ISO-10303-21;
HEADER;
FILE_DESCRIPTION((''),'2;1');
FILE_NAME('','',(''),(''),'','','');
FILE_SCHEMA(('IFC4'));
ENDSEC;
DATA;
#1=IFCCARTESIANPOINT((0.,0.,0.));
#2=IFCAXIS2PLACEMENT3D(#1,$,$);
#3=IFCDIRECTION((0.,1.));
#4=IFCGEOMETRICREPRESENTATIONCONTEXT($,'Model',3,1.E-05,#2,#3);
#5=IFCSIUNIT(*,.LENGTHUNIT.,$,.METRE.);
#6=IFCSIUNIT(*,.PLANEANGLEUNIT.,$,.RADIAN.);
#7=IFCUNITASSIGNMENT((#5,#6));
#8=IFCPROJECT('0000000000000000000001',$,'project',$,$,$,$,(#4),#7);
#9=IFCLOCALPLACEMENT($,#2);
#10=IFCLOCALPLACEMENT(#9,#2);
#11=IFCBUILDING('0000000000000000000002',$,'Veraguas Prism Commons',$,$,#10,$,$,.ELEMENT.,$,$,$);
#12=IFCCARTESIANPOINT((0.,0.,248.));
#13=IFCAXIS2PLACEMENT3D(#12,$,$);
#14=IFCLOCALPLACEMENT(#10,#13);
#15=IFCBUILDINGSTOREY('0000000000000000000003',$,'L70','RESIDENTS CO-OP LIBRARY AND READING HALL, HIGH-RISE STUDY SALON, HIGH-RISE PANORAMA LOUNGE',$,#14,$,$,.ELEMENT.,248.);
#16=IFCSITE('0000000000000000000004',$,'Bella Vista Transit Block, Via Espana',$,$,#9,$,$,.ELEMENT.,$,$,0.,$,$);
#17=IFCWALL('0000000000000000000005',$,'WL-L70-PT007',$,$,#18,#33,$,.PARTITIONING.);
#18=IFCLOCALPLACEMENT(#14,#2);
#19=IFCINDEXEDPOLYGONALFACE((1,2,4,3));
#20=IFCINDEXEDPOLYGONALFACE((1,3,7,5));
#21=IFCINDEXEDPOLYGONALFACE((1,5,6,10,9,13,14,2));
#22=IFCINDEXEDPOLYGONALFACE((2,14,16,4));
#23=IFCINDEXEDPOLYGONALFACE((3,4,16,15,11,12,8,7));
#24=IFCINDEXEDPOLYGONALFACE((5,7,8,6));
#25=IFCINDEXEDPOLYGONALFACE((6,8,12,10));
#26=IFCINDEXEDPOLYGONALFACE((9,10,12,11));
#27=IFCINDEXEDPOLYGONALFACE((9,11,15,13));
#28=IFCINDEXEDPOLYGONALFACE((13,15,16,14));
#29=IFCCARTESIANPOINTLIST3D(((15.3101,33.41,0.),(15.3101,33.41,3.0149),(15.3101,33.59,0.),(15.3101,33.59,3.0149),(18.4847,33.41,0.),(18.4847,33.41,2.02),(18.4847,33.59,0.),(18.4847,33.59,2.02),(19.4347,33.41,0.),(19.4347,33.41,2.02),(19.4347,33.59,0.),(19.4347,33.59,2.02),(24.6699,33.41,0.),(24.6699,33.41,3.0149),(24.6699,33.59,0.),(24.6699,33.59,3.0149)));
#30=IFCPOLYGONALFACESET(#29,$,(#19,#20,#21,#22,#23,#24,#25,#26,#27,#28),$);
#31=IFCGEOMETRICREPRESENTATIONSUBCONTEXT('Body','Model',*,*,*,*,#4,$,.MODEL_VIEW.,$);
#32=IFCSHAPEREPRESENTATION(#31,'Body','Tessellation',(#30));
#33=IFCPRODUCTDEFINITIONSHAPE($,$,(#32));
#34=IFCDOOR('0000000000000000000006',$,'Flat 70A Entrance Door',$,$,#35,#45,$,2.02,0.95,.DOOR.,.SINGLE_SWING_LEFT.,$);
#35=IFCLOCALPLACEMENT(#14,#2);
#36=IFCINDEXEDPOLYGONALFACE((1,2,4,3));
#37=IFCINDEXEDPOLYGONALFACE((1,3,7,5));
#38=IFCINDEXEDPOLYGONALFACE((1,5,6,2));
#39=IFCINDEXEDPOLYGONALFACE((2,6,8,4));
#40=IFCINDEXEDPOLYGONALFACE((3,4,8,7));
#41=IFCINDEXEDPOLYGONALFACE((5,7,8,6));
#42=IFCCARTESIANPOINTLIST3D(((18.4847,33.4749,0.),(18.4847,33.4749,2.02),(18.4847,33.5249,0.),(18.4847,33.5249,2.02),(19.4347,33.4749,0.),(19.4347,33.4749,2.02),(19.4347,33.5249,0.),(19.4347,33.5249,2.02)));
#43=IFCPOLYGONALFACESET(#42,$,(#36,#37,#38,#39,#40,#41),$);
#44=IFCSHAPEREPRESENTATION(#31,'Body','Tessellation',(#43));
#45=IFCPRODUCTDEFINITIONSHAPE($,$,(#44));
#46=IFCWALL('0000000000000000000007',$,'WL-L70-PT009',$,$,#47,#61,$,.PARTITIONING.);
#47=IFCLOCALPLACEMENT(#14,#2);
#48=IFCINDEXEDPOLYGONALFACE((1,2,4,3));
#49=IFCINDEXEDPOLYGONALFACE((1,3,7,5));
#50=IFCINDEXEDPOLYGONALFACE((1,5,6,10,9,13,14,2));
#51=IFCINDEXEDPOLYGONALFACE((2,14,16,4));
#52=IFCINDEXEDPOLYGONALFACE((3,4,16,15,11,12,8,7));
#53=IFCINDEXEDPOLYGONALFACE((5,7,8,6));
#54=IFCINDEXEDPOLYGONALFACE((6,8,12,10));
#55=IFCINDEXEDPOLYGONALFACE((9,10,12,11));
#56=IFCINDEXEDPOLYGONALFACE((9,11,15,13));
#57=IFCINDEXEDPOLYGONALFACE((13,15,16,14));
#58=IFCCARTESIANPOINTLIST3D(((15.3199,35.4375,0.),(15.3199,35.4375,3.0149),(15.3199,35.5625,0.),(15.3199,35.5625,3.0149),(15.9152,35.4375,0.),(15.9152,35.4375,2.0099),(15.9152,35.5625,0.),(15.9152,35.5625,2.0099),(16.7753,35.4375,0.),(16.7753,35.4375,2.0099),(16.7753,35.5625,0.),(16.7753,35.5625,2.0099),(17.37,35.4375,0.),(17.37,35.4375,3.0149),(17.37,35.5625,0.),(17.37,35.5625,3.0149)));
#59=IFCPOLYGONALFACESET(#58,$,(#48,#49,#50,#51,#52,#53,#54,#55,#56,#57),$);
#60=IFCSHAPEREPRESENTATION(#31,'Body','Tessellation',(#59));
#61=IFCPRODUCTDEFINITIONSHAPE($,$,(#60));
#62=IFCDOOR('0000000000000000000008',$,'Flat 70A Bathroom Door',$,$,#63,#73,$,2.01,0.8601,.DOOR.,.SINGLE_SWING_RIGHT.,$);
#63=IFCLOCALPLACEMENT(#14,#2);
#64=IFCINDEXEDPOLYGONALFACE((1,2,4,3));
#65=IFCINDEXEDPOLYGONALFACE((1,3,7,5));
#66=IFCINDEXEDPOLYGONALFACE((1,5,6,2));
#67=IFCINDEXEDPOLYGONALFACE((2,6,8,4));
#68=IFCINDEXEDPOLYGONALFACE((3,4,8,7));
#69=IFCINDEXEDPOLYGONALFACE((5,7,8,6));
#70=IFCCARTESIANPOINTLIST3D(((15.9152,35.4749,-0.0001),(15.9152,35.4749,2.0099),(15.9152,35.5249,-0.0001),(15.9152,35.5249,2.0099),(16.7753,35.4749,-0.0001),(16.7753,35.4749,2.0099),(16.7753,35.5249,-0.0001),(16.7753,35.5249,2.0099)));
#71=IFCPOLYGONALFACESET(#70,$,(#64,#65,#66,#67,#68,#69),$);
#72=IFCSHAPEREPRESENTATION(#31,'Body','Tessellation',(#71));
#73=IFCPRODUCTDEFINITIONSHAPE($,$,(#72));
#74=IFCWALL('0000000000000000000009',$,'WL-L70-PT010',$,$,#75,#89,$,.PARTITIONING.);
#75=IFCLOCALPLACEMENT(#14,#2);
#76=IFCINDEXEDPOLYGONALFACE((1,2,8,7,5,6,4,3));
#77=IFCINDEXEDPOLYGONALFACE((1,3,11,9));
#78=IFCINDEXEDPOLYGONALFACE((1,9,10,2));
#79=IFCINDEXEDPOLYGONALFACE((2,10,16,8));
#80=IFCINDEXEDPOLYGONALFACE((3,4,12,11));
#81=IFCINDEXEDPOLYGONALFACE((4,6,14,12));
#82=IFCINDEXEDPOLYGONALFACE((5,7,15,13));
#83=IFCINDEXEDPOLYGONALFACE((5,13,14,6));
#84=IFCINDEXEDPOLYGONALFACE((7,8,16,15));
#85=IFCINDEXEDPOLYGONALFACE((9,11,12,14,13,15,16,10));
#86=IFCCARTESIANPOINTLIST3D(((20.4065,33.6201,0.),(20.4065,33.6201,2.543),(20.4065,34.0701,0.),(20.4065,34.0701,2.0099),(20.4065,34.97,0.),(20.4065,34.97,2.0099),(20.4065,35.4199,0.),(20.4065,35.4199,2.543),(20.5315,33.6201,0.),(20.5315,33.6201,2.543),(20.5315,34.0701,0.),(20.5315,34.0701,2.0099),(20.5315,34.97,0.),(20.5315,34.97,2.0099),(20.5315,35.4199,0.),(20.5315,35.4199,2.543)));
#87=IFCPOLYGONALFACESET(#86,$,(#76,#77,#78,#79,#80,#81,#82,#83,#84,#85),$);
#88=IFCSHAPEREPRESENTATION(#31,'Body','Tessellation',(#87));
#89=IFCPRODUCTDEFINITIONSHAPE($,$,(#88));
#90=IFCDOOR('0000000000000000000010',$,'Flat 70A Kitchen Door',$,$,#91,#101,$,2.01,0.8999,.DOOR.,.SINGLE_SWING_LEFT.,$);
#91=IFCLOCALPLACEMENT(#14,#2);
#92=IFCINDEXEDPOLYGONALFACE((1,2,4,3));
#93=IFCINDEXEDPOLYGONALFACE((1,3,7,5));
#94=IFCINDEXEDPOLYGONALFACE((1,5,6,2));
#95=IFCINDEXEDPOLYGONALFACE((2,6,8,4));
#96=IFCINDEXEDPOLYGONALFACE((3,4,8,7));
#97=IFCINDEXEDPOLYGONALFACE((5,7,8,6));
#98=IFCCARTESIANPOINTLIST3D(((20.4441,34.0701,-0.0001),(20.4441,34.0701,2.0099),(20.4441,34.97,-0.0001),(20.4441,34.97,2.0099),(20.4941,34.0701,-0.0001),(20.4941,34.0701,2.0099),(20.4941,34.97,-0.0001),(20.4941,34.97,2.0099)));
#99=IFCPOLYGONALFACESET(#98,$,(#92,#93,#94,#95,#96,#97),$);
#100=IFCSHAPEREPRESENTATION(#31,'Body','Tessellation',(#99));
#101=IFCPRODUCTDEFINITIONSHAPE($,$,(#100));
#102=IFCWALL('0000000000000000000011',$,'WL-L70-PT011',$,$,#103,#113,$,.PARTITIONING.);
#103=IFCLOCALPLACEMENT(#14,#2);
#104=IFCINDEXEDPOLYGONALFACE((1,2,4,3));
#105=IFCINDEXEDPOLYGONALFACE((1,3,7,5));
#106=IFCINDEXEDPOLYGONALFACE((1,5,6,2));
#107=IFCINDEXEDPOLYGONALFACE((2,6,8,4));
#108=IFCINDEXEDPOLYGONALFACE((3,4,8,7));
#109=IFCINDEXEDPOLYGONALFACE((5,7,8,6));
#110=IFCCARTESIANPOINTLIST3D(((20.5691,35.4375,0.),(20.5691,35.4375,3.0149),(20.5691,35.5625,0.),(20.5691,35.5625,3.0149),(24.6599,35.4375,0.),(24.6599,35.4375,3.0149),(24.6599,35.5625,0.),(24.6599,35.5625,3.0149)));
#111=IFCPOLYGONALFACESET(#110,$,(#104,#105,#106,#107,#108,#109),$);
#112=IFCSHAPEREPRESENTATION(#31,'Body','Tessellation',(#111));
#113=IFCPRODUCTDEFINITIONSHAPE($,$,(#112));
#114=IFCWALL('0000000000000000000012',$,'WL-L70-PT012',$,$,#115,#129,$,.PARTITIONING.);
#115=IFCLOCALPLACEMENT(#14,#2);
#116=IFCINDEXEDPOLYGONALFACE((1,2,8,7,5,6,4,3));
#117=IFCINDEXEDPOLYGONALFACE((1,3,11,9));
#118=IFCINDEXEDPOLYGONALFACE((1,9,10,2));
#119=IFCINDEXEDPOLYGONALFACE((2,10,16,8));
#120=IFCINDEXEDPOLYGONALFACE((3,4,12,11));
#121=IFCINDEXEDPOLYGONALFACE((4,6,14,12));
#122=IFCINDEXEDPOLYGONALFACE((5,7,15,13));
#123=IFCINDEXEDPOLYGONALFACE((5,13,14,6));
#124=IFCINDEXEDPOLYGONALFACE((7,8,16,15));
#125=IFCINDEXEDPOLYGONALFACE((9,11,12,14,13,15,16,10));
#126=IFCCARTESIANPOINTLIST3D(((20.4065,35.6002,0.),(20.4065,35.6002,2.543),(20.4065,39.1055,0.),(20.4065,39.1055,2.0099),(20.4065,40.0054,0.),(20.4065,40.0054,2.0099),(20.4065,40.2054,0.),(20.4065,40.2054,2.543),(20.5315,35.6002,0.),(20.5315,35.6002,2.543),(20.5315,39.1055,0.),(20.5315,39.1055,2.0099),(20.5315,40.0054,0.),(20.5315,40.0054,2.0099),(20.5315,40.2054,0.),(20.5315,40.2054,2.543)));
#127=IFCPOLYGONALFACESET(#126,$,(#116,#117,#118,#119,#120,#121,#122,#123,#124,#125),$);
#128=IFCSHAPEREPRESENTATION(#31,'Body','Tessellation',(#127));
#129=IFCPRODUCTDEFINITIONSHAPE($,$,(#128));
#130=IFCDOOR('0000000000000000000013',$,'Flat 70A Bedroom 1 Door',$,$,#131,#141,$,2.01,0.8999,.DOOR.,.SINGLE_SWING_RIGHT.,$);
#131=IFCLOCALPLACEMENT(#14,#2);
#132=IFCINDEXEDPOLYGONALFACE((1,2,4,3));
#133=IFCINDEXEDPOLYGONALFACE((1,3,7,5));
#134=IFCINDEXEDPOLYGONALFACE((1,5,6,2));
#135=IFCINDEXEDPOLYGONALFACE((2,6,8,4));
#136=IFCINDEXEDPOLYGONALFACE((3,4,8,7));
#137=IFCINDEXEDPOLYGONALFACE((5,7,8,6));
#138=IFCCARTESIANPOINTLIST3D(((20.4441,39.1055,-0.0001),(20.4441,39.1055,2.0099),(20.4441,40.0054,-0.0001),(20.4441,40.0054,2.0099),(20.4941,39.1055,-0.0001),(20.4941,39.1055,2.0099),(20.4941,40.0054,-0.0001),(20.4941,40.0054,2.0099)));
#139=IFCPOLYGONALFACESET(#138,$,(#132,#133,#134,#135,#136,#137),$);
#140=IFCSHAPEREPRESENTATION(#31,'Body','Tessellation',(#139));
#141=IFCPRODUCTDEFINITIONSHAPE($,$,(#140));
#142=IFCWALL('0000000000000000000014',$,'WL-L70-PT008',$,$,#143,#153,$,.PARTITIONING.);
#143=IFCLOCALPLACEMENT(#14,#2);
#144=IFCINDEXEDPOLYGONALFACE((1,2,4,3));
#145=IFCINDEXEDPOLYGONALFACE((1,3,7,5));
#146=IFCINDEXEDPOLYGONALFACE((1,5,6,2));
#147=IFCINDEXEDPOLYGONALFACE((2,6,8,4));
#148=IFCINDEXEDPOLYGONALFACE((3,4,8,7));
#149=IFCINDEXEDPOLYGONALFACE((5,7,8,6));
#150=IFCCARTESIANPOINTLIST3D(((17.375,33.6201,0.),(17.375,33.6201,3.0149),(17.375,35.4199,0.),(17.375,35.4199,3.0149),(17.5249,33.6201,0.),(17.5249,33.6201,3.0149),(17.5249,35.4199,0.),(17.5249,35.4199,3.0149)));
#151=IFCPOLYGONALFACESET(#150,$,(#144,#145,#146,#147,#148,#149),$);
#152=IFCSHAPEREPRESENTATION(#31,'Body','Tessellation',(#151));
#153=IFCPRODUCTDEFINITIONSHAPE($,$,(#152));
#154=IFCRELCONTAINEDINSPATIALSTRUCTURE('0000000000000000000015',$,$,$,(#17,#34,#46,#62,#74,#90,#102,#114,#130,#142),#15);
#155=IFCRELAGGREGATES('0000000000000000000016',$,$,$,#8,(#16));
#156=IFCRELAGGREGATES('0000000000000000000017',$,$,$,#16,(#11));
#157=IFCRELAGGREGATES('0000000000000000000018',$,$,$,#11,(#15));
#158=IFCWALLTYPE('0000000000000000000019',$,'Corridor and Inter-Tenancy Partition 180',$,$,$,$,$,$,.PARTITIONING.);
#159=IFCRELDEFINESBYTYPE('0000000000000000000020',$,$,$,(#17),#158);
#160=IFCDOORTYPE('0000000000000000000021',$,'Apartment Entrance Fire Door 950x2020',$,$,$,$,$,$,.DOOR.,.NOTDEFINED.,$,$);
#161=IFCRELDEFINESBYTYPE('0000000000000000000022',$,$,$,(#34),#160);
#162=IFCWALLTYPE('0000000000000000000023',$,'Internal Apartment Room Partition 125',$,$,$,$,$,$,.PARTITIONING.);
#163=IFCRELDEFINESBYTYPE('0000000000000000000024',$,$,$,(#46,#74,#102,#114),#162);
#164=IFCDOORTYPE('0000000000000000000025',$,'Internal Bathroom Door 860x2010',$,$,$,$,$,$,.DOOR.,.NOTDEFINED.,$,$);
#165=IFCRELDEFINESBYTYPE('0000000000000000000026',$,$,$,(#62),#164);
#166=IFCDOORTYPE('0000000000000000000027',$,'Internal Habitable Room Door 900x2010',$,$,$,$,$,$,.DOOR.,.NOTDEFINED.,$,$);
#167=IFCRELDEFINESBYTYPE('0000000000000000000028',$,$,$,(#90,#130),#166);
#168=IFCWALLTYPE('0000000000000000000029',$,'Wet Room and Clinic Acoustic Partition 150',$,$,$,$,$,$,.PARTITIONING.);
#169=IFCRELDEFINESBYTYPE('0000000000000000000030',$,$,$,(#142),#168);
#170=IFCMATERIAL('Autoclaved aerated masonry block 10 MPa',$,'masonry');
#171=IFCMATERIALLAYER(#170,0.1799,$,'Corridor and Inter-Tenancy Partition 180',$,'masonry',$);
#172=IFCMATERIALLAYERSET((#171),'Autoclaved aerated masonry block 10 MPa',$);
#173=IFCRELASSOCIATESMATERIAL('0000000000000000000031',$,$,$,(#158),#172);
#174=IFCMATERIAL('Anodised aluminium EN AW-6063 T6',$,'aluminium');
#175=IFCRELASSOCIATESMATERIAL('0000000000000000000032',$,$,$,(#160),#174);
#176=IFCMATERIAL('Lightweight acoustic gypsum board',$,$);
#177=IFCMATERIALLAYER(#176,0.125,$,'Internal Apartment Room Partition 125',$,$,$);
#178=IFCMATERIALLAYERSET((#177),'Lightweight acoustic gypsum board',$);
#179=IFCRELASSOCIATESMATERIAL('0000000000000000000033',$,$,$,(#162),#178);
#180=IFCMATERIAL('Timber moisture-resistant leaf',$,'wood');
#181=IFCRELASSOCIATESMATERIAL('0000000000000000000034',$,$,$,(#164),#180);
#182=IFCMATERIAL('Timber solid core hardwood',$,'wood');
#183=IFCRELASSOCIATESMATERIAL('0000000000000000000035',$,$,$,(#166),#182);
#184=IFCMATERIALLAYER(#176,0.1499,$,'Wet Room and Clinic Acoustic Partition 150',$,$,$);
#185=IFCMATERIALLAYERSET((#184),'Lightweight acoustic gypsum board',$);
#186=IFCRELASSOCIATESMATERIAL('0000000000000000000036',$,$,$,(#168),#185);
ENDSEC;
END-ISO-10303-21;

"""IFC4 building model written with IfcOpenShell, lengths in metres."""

from ifc_helpers import new_model, si_unit, direction, frame, frame_2d, origin, place, context, subcontext, project, spatial, rectangle, extrude, source, transform, mapped, material, layer, layer_set, type_object, element, fill, save


model = new_model("IFC4")

# Units and contexts
model_context = context("Model", 3, precision=1e-05, world=origin(), true_north=direction((0.0, 1.0)))
body_context = subcontext(model_context, "Body", "Model", "MODEL_VIEW")
ifc_project = project(units=[si_unit("LENGTHUNIT", "METRE"), si_unit("PLANEANGLEUNIT", "RADIAN")], contexts=[model_context])

# Site, building, storey
site_placement = place(None, origin())
site = spatial("IfcSite", under=ifc_project, at=site_placement, Name="Bella Vista Transit Block, Via Espana", CompositionType="ELEMENT", RefElevation=0.0)
building_placement = place(site_placement, origin())
building = spatial("IfcBuilding", under=site, at=building_placement, Name="Veraguas Prism Commons", CompositionType="ELEMENT")
storey_placement = place(building_placement, frame((0.0, 0.0, 248.0)))
storey = spatial("IfcBuildingStorey", under=building, at=storey_placement, Name="L70", Description="RESIDENTS CO-OP LIBRARY AND READING HALL, HIGH-RISE STUDY SALON, HIGH-RISE PANORAMA LOUNGE", CompositionType="ELEMENT", Elevation=248.0)

# Shared definitions
ifc_material_1 = material(Name="Anodised aluminium EN AW-6063 T6", Category="aluminium")

# Walls, openings, doors
ifc_material_2 = material(Name="Autoclaved aerated masonry block 10 MPa", Category="masonry")
ifc_layer_1 = layer(ifc_material_2, 0.1799, Name="Corridor and Inter-Tenancy Partition 180", Category="masonry")
ifc_layer_set_1 = layer_set([ifc_layer_1], Name="Autoclaved aerated masonry block 10 MPa")
wall_type_1 = type_object("IfcWallType", Name="Corridor and Inter-Tenancy Partition 180", PredefinedType="PARTITIONING", material=ifc_layer_set_1)
wall_1_placement = place(storey_placement, frame((15.3101, 33.5, 0.0), z_axis=(0.0, 0.0, 1.0), x_axis=(1.0, 0.0, 0.0)))
wall_1 = element("IfcWall", 1, at=wall_1_placement, inside=storey, type_object=wall_type_1, Name="WL-L70-PT007", PredefinedType="PARTITIONING", context=body_context, shape_type="SweptSolid", body=[
    extrude(rectangle(XDim=9.3599, YDim=0.1799, at=frame_2d((4.6799, 0.0))), origin(), (0.0, 0.0, 1.0), 3.0149),
])
opening_1_placement = place(wall_1_placement, frame((3.1746, 0.0, 0.0)))
opening_1 = element("IfcOpeningElement", 2, at=opening_1_placement, cuts=wall_1, PredefinedType="OPENING", context=body_context, shape_type="SweptSolid", body=[
    extrude(rectangle(XDim=0.95, YDim=2.02, at=frame_2d((0.4751, 1.01))), frame((0.0, 0.0999, 0.0), z_axis=(0.0, -1.0, 0.0), x_axis=(1.0, 0.0, 0.0)), (0.0, 0.0, 1.0), 0.2),
])
door_type_1 = type_object("IfcDoorType", Name="Apartment Entrance Fire Door 950x2020", OperationType="NOTDEFINED", PredefinedType="DOOR", material=ifc_material_1)
shared_shape_1 = source(origin(), body_context, "Body", "SweptSolid", [
    extrude(rectangle(XDim=0.95, YDim=2.02, at=frame_2d((0.4751, 1.01))), frame((0.0, 0.0249, 0.0), z_axis=(0.0, -1.0, 0.0), x_axis=(1.0, 0.0, 0.0)), (0.0, 0.0, 1.0), 0.05),
])
door_1_placement = place(opening_1_placement, origin())
door_1 = element("IfcDoor", 3, at=door_1_placement, inside=storey, type_object=door_type_1, Name="Flat 70A Entrance Door", OperationType="SINGLE_SWING_LEFT", OverallHeight=2.02, OverallWidth=0.95, PredefinedType="DOOR", context=body_context, shape_type="MappedRepresentation", body=[
    mapped(shared_shape_1, transform((0.0, 0.0, 0.0), scale=1.0)),
])
fill(opening_1, door_1)
ifc_material_3 = material(Name="Lightweight acoustic gypsum board")
ifc_layer_2 = layer(ifc_material_3, 0.125, Name="Internal Apartment Room Partition 125")
ifc_layer_set_2 = layer_set([ifc_layer_2], Name="Lightweight acoustic gypsum board")
wall_type_2 = type_object("IfcWallType", Name="Internal Apartment Room Partition 125", PredefinedType="PARTITIONING", material=ifc_layer_set_2)
wall_2_placement = place(storey_placement, frame((15.3201, 35.5, 0.0), z_axis=(0.0, 0.0, 1.0), x_axis=(1.0, 0.0, 0.0)))
wall_2 = element("IfcWall", 4, at=wall_2_placement, inside=storey, type_object=wall_type_2, Name="WL-L70-PT009", PredefinedType="PARTITIONING", context=body_context, shape_type="SweptSolid", body=[
    extrude(rectangle(XDim=2.05, YDim=0.125, at=frame_2d((1.0249, 0.0))), origin(), (0.0, 0.0, 1.0), 3.0149),
])
opening_2_placement = place(wall_2_placement, frame((0.595, 0.0, 0.0)))
opening_2 = element("IfcOpeningElement", 5, at=opening_2_placement, cuts=wall_2, PredefinedType="OPENING", context=body_context, shape_type="SweptSolid", body=[
    extrude(rectangle(XDim=0.8601, YDim=2.01, at=frame_2d((0.4302, 1.0049))), frame((0.0, 0.0725, 0.0), z_axis=(0.0, -1.0, 0.0), x_axis=(1.0, 0.0, 0.0)), (0.0, 0.0, 1.0), 0.145),
])
ifc_material_4 = material(Name="Timber moisture-resistant leaf", Category="wood")
door_type_2 = type_object("IfcDoorType", Name="Internal Bathroom Door 860x2010", OperationType="NOTDEFINED", PredefinedType="DOOR", material=ifc_material_4)
shared_shape_2 = source(origin(), body_context, "Body", "SweptSolid", [
    extrude(rectangle(XDim=0.8601, YDim=2.01, at=frame_2d((0.4302, 1.0049))), frame((0.0, 0.0249, 0.0), z_axis=(0.0, -1.0, 0.0), x_axis=(1.0, 0.0, 0.0)), (0.0, 0.0, 1.0), 0.05),
])
door_2_placement = place(opening_2_placement, origin())
door_2 = element("IfcDoor", 6, at=door_2_placement, inside=storey, type_object=door_type_2, Name="Flat 70A Bathroom Door", OperationType="SINGLE_SWING_RIGHT", OverallHeight=2.01, OverallWidth=0.8601, PredefinedType="DOOR", context=body_context, shape_type="MappedRepresentation", body=[
    mapped(shared_shape_2, transform((0.0, 0.0, 0.0), scale=1.0)),
])
fill(opening_2, door_2)
wall_3_placement = place(storey_placement, frame((20.469, 33.6201, 0.0), z_axis=(0.0, 0.0, 1.0), x_axis=(0.0, 1.0, 0.0)))
wall_3 = element("IfcWall", 7, at=wall_3_placement, inside=storey, type_object=wall_type_2, Name="WL-L70-PT010", PredefinedType="PARTITIONING", context=body_context, shape_type="SweptSolid", body=[
    extrude(rectangle(XDim=1.7998, YDim=0.125, at=frame_2d((0.8999, 0.0))), origin(), (0.0, 0.0, 1.0), 2.543),
])
opening_3_placement = place(wall_3_placement, frame((0.45, 0.0, 0.0)))
opening_3 = element("IfcOpeningElement", 8, at=opening_3_placement, cuts=wall_3, PredefinedType="OPENING", context=body_context, shape_type="SweptSolid", body=[
    extrude(rectangle(XDim=0.8999, YDim=2.01, at=frame_2d((0.45, 1.0049))), frame((0.0, 0.0725, 0.0), z_axis=(0.0, -1.0, 0.0), x_axis=(1.0, 0.0, 0.0)), (0.0, 0.0, 1.0), 0.145),
])
ifc_material_5 = material(Name="Timber solid core hardwood", Category="wood")
door_type_3 = type_object("IfcDoorType", Name="Internal Habitable Room Door 900x2010", OperationType="NOTDEFINED", PredefinedType="DOOR", material=ifc_material_5)
shared_shape_3 = source(origin(), body_context, "Body", "SweptSolid", [
    extrude(rectangle(XDim=0.8999, YDim=2.01, at=frame_2d((0.45, 1.0049))), frame((0.0, 0.0249, 0.0), z_axis=(0.0, -1.0, 0.0), x_axis=(1.0, 0.0, 0.0)), (0.0, 0.0, 1.0), 0.05),
])
door_3_placement = place(opening_3_placement, origin())
door_3 = element("IfcDoor", 9, at=door_3_placement, inside=storey, type_object=door_type_3, Name="Flat 70A Kitchen Door", OperationType="SINGLE_SWING_LEFT", OverallHeight=2.01, OverallWidth=0.8999, PredefinedType="DOOR", context=body_context, shape_type="MappedRepresentation", body=[
    mapped(shared_shape_3, transform((0.0, 0.0, 0.0), scale=1.0)),
])
fill(opening_3, door_3)

# Wall
wall_4_placement = place(storey_placement, frame((20.5691, 35.5, 0.0), z_axis=(0.0, 0.0, 1.0), x_axis=(1.0, 0.0, 0.0)))
element("IfcWall", 10, at=wall_4_placement, inside=storey, type_object=wall_type_2, Name="WL-L70-PT011", PredefinedType="PARTITIONING", context=body_context, shape_type="SweptSolid", body=[
    extrude(rectangle(XDim=4.0908, YDim=0.125, at=frame_2d((2.0454, 0.0))), origin(), (0.0, 0.0, 1.0), 3.0149),
])

# Wall, opening, door
wall_5_placement = place(storey_placement, frame((20.469, 35.6001, 0.0), z_axis=(0.0, 0.0, 1.0), x_axis=(0.0, 1.0, 0.0)))
wall_5 = element("IfcWall", 11, at=wall_5_placement, inside=storey, type_object=wall_type_2, Name="WL-L70-PT012", PredefinedType="PARTITIONING", context=body_context, shape_type="SweptSolid", body=[
    extrude(rectangle(XDim=4.6052, YDim=0.125, at=frame_2d((2.3027, 0.0))), origin(), (0.0, 0.0, 1.0), 2.543),
])
opening_4_placement = place(wall_5_placement, frame((3.5054, 0.0, 0.0)))
opening_4 = element("IfcOpeningElement", 12, at=opening_4_placement, cuts=wall_5, PredefinedType="OPENING", context=body_context, shape_type="SweptSolid", body=[
    extrude(rectangle(XDim=0.8999, YDim=2.01, at=frame_2d((0.45, 1.0049))), frame((0.0, 0.0725, 0.0), z_axis=(0.0, -1.0, 0.0), x_axis=(1.0, 0.0, 0.0)), (0.0, 0.0, 1.0), 0.145),
])
door_4_placement = place(opening_4_placement, origin())
door_4 = element("IfcDoor", 13, at=door_4_placement, inside=storey, type_object=door_type_3, Name="Flat 70A Bedroom 1 Door", OperationType="SINGLE_SWING_RIGHT", OverallHeight=2.01, OverallWidth=0.8999, PredefinedType="DOOR", context=body_context, shape_type="MappedRepresentation", body=[
    mapped(shared_shape_3, transform((0.0, 0.0, 0.0), scale=1.0)),
])
fill(opening_4, door_4)

# Wall
ifc_layer_3 = layer(ifc_material_3, 0.1499, Name="Wet Room and Clinic Acoustic Partition 150")
ifc_layer_set_3 = layer_set([ifc_layer_3], Name="Lightweight acoustic gypsum board")
wall_type_3 = type_object("IfcWallType", Name="Wet Room and Clinic Acoustic Partition 150", PredefinedType="PARTITIONING", material=ifc_layer_set_3)
wall_6_placement = place(storey_placement, frame((17.45, 33.6201, 0.0), z_axis=(0.0, 0.0, 1.0), x_axis=(0.0, 1.0, 0.0)))
element("IfcWall", 14, at=wall_6_placement, inside=storey, type_object=wall_type_3, Name="WL-L70-PT008", PredefinedType="PARTITIONING", context=body_context, shape_type="SweptSolid", body=[
    extrude(rectangle(XDim=1.7998, YDim=0.1499, at=frame_2d((0.8999, 0.0))), origin(), (0.0, 0.0, 1.0), 3.0149),
])

save(model, "model.ifc")
